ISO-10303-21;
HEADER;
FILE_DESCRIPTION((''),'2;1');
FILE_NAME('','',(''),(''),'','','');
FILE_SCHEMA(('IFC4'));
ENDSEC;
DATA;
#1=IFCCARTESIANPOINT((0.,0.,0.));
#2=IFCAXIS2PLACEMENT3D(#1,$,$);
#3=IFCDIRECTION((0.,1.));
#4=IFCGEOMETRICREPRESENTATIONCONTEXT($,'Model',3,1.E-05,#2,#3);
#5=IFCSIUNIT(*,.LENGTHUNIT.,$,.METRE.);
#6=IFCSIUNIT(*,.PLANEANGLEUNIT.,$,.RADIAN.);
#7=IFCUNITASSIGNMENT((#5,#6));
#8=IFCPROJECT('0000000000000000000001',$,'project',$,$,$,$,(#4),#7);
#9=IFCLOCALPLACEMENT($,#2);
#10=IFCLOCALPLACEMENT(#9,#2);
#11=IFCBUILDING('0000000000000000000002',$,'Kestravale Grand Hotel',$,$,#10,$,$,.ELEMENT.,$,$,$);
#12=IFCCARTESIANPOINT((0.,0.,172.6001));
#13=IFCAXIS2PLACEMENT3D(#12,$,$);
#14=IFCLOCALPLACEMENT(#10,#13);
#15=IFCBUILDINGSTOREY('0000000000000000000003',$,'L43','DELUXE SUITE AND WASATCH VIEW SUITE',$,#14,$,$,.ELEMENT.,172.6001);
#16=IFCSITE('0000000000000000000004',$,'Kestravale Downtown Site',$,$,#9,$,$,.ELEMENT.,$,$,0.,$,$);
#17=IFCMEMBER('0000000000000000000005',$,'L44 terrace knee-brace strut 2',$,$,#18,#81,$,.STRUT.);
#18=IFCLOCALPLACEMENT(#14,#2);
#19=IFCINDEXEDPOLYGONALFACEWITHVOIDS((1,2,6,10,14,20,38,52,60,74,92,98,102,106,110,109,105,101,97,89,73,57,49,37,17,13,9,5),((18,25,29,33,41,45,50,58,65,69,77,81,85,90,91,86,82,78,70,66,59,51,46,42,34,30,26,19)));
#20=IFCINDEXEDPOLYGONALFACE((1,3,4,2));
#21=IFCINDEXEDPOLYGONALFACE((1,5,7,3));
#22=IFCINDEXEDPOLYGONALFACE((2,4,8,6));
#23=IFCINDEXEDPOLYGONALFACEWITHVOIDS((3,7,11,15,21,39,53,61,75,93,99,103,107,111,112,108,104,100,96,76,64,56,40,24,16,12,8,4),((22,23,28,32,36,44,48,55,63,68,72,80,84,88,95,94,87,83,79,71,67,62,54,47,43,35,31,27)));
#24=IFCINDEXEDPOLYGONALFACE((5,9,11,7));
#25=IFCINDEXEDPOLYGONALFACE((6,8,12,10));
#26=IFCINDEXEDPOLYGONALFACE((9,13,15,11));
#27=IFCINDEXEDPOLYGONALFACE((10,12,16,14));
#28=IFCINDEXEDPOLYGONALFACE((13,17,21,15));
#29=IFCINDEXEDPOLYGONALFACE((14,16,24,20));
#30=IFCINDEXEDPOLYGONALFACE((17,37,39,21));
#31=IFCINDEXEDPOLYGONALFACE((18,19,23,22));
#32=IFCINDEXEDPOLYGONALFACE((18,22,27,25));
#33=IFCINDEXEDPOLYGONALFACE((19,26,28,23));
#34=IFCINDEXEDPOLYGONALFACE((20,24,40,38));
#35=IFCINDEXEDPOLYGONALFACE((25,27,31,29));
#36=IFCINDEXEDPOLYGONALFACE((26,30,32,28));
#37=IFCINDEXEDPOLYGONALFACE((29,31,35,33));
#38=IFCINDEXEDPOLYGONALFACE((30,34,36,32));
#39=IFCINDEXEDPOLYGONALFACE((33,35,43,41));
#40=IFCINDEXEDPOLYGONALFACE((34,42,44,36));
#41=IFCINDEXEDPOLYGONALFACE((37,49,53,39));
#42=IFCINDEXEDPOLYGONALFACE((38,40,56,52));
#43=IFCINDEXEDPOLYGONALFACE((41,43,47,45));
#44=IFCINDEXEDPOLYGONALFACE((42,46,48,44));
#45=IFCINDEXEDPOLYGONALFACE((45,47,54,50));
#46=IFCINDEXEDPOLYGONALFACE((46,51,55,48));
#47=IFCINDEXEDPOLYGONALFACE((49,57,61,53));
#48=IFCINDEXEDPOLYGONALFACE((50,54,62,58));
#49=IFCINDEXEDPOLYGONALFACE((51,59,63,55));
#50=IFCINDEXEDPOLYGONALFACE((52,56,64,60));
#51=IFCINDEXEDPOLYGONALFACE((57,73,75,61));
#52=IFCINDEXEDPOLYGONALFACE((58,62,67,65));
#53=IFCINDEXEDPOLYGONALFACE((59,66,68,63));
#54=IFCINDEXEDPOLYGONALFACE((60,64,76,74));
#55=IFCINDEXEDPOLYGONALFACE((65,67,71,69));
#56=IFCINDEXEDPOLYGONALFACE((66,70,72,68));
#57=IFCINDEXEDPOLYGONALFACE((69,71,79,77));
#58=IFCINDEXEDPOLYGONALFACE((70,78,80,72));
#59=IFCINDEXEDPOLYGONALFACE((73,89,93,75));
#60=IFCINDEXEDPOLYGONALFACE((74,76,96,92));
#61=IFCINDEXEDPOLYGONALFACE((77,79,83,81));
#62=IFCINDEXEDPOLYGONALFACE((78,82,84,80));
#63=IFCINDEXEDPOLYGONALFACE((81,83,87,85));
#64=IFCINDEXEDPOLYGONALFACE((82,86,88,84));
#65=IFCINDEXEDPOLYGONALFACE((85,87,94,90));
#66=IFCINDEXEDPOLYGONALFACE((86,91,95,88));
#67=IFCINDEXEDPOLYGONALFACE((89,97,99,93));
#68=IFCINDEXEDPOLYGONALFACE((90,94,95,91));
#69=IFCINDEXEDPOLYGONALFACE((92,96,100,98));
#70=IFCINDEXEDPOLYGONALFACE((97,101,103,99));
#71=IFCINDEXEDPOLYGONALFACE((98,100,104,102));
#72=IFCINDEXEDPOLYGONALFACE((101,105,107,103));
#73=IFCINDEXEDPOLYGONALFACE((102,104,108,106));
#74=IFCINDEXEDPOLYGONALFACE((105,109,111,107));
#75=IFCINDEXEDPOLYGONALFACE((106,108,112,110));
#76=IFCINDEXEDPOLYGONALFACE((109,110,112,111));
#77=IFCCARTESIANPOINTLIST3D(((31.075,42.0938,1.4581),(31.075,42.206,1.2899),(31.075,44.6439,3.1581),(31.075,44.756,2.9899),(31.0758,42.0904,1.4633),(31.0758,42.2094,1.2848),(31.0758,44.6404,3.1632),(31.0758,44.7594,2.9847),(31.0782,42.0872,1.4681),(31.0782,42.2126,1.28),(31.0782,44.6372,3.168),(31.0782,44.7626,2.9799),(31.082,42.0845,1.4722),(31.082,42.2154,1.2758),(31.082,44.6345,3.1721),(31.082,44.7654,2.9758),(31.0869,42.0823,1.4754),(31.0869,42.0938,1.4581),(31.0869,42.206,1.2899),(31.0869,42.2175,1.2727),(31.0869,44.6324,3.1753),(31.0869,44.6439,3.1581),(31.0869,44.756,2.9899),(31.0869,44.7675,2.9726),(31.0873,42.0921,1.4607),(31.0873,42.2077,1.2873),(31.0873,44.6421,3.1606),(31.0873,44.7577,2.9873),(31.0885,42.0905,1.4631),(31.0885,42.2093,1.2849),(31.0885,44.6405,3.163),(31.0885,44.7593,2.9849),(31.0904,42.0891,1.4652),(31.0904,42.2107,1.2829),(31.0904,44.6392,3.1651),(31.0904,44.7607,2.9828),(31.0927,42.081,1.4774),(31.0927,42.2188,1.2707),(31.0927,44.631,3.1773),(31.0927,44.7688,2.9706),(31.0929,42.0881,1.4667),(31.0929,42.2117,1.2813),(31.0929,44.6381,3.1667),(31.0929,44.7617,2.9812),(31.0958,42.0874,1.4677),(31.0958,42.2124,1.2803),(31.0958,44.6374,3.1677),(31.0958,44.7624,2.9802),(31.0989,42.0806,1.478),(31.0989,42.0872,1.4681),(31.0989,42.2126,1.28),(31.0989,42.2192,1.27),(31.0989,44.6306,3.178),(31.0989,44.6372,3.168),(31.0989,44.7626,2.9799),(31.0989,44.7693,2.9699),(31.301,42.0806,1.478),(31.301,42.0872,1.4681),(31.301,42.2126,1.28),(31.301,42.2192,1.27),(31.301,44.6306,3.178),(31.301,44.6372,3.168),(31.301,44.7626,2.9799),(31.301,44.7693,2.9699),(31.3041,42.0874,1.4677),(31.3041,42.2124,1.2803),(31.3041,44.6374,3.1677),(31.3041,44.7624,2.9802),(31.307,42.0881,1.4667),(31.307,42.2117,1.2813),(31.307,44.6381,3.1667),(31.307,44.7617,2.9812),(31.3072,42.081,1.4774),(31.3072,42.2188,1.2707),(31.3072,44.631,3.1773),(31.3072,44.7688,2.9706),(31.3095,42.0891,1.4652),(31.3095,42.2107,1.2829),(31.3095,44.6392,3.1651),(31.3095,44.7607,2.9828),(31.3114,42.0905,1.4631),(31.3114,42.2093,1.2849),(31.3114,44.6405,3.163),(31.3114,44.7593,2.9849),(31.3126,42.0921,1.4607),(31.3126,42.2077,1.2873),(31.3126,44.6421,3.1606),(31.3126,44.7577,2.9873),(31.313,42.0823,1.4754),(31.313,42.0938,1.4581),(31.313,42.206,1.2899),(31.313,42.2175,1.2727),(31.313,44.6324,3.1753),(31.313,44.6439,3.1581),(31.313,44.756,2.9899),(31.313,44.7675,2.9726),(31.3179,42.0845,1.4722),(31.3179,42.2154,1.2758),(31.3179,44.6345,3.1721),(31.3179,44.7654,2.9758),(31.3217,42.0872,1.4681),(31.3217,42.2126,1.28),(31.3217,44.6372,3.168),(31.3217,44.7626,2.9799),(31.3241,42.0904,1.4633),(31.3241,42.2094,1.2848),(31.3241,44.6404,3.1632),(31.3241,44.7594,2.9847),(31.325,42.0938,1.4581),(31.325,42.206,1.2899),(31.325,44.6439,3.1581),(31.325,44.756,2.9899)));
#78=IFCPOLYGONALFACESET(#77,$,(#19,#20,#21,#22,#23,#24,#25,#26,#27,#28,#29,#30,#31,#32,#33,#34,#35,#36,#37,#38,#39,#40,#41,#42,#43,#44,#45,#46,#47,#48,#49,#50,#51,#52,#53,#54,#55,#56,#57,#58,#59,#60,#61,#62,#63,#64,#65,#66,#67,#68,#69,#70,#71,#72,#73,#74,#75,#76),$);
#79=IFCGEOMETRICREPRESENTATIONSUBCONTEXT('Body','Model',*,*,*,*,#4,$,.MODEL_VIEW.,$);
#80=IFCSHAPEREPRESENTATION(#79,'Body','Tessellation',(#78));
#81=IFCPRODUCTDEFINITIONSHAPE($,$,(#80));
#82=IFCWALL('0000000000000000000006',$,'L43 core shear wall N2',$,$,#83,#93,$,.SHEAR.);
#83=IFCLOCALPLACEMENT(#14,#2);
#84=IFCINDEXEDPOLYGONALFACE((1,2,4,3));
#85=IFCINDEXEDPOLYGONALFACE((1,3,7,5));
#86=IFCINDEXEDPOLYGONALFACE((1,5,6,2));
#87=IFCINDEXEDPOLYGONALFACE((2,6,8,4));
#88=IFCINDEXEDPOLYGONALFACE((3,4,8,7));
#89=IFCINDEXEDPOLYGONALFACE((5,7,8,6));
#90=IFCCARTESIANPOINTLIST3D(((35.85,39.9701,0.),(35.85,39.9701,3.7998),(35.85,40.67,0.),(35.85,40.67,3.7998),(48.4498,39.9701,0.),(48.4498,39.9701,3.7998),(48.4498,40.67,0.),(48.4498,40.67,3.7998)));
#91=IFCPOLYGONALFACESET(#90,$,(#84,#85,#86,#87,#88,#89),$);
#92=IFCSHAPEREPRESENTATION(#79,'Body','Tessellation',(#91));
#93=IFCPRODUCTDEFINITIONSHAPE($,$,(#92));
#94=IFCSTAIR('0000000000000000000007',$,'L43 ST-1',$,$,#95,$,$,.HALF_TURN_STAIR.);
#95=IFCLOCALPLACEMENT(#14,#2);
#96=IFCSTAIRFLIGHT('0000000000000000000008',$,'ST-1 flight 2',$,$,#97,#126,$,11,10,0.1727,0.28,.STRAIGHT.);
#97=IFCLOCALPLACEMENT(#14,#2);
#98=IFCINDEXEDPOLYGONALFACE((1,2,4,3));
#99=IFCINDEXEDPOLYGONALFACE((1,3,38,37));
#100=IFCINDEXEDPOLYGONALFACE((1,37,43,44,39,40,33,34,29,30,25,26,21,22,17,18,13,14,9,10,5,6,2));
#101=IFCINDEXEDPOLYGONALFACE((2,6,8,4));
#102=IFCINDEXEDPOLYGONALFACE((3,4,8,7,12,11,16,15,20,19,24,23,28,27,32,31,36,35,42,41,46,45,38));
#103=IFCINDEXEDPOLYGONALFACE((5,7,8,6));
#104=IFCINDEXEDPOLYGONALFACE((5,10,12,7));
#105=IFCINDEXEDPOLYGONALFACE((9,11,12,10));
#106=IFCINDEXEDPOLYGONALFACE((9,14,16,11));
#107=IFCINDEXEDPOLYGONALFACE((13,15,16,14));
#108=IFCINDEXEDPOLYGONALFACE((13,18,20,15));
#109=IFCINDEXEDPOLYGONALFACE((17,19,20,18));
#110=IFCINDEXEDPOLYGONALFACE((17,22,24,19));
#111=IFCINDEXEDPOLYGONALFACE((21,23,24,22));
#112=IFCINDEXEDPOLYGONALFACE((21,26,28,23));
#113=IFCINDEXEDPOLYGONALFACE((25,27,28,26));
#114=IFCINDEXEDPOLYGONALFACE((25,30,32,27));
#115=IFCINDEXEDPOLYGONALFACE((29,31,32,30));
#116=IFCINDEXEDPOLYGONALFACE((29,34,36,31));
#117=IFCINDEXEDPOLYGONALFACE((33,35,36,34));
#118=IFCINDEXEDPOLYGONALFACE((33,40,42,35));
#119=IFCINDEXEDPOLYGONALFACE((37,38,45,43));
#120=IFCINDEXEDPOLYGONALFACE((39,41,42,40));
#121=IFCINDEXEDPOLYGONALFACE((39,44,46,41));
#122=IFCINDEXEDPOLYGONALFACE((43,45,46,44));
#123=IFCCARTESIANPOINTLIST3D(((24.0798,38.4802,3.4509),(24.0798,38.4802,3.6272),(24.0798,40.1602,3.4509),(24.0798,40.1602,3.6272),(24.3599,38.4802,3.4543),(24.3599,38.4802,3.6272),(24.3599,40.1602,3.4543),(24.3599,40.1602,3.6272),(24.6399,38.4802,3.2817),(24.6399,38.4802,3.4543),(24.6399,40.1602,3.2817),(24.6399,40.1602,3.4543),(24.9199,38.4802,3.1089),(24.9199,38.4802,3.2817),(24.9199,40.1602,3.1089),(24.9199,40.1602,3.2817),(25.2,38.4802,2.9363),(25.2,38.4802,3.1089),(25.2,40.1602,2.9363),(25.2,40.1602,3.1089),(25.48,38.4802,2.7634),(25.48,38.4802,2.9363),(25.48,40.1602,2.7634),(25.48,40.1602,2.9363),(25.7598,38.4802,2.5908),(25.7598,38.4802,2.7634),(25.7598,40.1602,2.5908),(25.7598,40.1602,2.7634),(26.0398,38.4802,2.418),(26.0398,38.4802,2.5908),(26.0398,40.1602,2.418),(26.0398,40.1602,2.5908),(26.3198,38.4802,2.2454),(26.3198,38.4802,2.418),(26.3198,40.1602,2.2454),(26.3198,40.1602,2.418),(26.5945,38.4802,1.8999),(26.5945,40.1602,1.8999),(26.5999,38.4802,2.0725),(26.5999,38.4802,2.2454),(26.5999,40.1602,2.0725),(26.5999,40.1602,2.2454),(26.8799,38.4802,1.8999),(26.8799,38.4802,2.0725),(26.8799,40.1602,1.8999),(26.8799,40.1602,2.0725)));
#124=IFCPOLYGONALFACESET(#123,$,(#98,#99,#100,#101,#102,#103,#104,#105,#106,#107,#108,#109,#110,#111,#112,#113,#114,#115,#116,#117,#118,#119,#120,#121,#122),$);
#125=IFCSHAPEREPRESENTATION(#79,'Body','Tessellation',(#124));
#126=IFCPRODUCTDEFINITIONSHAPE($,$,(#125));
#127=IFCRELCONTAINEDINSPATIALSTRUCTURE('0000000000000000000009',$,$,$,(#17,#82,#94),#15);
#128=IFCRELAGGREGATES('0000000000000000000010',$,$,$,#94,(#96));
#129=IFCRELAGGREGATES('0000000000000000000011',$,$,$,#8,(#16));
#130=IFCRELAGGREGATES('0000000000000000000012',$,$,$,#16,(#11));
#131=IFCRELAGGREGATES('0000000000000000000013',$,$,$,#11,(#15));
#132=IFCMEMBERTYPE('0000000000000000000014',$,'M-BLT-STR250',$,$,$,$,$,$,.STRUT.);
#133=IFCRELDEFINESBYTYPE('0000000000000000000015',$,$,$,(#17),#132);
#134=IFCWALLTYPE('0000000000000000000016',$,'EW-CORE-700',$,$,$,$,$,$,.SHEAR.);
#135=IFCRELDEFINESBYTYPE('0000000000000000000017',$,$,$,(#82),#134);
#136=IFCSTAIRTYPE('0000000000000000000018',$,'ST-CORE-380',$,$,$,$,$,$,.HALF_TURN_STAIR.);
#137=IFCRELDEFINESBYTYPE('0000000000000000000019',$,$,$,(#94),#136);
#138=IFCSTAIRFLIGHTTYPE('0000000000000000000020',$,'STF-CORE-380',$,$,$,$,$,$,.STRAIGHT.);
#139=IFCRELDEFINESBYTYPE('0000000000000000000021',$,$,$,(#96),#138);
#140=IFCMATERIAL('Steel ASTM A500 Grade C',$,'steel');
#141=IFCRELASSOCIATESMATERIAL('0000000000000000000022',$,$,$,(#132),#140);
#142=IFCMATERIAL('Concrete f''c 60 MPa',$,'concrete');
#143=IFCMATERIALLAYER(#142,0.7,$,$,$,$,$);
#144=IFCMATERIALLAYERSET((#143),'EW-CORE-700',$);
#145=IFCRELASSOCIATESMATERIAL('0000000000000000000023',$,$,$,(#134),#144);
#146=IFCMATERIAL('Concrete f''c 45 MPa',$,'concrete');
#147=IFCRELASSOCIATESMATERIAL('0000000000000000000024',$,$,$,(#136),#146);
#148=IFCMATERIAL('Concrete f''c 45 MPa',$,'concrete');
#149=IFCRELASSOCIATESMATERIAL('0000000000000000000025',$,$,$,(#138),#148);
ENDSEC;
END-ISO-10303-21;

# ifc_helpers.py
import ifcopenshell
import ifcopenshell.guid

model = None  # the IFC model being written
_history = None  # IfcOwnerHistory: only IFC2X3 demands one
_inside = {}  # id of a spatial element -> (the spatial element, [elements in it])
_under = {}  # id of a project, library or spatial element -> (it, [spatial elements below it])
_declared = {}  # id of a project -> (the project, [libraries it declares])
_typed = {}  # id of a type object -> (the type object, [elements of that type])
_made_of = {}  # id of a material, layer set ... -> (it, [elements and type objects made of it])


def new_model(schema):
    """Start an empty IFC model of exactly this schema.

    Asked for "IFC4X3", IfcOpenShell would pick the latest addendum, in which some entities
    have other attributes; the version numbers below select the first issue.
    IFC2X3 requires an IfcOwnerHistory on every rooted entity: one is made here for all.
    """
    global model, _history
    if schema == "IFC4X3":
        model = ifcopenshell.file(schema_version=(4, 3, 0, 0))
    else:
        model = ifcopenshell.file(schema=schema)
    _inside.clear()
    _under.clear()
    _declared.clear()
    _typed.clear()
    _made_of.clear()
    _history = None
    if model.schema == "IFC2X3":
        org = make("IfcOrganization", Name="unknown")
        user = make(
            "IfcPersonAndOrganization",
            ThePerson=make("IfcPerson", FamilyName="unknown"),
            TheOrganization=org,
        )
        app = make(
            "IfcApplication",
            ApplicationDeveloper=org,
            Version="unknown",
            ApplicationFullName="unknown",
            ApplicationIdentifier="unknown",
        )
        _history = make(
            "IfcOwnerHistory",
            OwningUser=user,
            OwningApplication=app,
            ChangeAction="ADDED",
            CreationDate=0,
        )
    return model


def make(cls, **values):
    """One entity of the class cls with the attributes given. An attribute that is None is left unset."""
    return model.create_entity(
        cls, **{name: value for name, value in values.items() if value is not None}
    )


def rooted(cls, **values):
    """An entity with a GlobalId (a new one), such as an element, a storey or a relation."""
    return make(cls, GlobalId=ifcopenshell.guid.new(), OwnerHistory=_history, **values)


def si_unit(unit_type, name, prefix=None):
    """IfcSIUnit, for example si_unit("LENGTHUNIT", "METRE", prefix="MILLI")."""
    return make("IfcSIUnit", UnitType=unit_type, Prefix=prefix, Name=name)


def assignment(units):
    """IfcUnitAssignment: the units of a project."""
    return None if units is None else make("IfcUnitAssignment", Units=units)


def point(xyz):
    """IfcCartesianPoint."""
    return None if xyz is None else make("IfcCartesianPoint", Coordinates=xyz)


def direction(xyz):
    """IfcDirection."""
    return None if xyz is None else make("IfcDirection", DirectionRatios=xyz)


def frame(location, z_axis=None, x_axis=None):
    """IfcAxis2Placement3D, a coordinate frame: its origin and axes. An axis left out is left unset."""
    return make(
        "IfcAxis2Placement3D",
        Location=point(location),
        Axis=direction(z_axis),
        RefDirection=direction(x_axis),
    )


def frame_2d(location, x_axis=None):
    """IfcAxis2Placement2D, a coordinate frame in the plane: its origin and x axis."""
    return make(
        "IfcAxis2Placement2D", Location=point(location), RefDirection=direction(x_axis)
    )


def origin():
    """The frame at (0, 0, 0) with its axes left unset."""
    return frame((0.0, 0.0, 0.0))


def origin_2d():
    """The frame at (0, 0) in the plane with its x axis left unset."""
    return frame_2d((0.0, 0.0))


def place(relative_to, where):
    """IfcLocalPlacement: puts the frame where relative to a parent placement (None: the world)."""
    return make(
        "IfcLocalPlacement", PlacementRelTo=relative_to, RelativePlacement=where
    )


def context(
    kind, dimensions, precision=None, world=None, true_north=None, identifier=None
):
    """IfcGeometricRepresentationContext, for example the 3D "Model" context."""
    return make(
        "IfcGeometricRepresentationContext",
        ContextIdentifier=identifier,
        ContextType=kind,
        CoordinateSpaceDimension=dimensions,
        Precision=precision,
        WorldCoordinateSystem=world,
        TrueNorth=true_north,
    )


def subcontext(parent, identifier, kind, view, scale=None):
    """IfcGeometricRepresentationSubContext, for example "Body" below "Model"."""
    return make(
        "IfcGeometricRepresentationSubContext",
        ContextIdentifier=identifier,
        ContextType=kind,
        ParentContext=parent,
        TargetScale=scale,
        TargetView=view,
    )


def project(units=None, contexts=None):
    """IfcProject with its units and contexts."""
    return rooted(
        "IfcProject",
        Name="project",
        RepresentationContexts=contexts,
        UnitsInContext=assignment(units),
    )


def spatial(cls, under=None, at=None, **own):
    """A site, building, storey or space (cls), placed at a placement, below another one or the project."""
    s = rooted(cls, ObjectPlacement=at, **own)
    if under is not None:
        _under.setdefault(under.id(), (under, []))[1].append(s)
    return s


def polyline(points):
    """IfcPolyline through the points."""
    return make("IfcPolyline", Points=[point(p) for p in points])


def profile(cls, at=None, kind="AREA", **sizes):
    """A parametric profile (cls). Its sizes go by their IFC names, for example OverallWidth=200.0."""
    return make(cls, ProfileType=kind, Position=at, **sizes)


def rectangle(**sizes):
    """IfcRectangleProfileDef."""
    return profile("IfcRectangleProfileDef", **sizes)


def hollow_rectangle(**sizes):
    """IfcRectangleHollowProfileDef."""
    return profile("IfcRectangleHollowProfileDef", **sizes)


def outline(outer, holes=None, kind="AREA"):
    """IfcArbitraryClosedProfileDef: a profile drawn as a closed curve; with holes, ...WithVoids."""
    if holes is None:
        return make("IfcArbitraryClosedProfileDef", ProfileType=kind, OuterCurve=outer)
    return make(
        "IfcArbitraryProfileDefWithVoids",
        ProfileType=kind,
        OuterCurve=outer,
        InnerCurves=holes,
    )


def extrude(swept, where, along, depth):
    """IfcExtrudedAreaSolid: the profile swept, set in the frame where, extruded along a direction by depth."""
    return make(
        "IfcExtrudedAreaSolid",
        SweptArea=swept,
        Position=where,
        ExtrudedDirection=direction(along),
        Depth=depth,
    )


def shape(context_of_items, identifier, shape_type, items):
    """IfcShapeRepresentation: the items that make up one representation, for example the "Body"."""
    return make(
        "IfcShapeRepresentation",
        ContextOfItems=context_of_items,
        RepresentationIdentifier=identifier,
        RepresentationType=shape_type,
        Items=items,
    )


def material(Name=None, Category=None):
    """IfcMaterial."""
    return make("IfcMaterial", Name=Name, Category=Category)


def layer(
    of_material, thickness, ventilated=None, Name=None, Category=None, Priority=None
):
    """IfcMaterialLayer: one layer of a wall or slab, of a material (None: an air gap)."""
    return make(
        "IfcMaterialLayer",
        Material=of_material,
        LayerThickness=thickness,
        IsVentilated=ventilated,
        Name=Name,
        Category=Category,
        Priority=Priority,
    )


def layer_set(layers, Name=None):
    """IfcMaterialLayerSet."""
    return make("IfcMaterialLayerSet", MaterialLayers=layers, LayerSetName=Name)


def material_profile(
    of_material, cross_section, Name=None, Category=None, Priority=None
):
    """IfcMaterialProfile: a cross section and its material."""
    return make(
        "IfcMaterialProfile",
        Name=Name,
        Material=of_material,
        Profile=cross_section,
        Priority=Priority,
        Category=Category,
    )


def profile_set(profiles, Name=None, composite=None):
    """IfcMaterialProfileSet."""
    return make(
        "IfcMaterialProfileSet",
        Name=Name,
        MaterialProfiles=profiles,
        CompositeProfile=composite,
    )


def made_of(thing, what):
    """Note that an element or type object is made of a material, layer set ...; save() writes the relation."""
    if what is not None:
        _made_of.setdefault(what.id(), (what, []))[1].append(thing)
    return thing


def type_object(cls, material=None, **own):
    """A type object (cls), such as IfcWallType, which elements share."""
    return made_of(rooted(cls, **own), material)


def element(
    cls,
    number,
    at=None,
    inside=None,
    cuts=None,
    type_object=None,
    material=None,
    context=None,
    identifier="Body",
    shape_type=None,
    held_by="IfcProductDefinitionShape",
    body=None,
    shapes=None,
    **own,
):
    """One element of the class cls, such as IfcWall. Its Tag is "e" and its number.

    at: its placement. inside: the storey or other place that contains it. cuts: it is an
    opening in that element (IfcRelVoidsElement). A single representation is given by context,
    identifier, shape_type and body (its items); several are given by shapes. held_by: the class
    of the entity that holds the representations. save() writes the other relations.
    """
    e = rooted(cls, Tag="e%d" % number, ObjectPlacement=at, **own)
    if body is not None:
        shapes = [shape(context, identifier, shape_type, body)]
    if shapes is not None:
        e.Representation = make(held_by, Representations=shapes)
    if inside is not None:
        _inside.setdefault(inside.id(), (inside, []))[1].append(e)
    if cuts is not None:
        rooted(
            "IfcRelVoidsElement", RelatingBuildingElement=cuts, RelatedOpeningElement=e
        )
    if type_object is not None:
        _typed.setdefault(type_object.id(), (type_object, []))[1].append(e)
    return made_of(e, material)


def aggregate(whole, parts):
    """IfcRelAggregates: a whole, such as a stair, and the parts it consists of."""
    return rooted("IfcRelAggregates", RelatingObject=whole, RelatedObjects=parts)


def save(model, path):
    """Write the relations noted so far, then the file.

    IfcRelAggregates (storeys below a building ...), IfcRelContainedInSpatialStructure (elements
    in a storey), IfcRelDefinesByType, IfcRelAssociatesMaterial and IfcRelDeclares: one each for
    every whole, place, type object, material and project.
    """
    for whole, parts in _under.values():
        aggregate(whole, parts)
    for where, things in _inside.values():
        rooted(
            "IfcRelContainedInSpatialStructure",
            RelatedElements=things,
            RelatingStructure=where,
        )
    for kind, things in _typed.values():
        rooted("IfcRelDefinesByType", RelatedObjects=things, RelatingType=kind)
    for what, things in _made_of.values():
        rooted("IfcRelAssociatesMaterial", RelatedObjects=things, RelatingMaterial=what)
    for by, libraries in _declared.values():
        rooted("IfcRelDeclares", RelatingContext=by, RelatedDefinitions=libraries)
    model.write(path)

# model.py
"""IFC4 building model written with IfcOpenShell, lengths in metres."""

from ifc_helpers import new_model, si_unit, direction, frame, frame_2d, origin, origin_2d, place, context, subcontext, project, spatial, polyline, rectangle, hollow_rectangle, outline, extrude, material, layer, layer_set, material_profile, profile_set, type_object, element, aggregate, save


model = new_model("IFC4")

# Units and contexts
model_context = context("Model", 3, precision=1e-05, world=origin(), true_north=direction((0.0, 1.0)))
body_context = subcontext(model_context, "Body", "Model", "MODEL_VIEW")
ifc_project = project(units=[si_unit("LENGTHUNIT", "METRE"), si_unit("PLANEANGLEUNIT", "RADIAN")], contexts=[model_context])

# Site, building, storey
site_placement = place(None, origin())
site = spatial("IfcSite", under=ifc_project, at=site_placement, Name="Kestravale Downtown Site", CompositionType="ELEMENT", RefElevation=0.0)
building_placement = place(site_placement, origin())
building = spatial("IfcBuilding", under=site, at=building_placement, Name="Kestravale Grand Hotel", CompositionType="ELEMENT")
storey_placement = place(building_placement, frame((0.0, 0.0, 172.6001)))
storey = spatial("IfcBuildingStorey", under=building, at=storey_placement, Name="L43", Description="DELUXE SUITE AND WASATCH VIEW SUITE", CompositionType="ELEMENT", Elevation=172.6001)

# Member
ifc_material_1 = material(Name="Steel ASTM A500 Grade C", Category="steel")
ifc_material_profile_1 = material_profile(ifc_material_1, hollow_rectangle(XDim=0.25, YDim=0.25, WallThickness=0.012, InnerFilletRadius=0.012, OuterFilletRadius=0.0239, at=origin_2d()))
ifc_profile_set_1 = profile_set([ifc_material_profile_1], Name="Steel ASTM A500 Grade C")
member_type = type_object("IfcMemberType", Name="M-BLT-STR250", PredefinedType="STRUT", material=ifc_profile_set_1)
for number, where, z_axis, x_axis, name in (
    (1, (31.2, 42.1499, 1.374), (0.0, 0.832063, 0.554682), (-1.0, 0.0, 0.0), "L44 terrace knee-brace strut 2"),
):
    element("IfcMember", number, at=place(storey_placement, frame(where, z_axis=z_axis, x_axis=x_axis)), inside=storey, type_object=member_type, Name=name, PredefinedType="STRUT", context=body_context, shape_type="SweptSolid", body=[
        extrude(hollow_rectangle(XDim=0.25, YDim=0.25, WallThickness=0.012, InnerFilletRadius=0.012, OuterFilletRadius=0.0239, at=origin_2d()), origin(), (0.0, 0.0, 1.0), 3.0647),
    ])

# Wall
ifc_material_2 = material(Name="Concrete f'c 60 MPa", Category="concrete")
ifc_layer = layer(ifc_material_2, 0.7)
ifc_layer_set = layer_set([ifc_layer], Name="EW-CORE-700")
wall_type = type_object("IfcWallType", Name="EW-CORE-700", PredefinedType="SHEAR", material=ifc_layer_set)
wall_placement = place(storey_placement, frame((35.8501, 40.3201, 0.0), z_axis=(0.0, 0.0, 1.0), x_axis=(1.0, 0.0, 0.0)))
element("IfcWall", 2, at=wall_placement, inside=storey, type_object=wall_type, Name="L43 core shear wall N2", PredefinedType="SHEAR", context=body_context, shape_type="SweptSolid", body=[
    extrude(rectangle(XDim=12.5999, YDim=0.7, at=frame_2d((6.2998, 0.0))), origin(), (0.0, 0.0, 1.0), 3.7998),
])

# Stair, stair flight
ifc_material_3 = material(Name="Concrete f'c 45 MPa", Category="concrete")
stair_type = type_object("IfcStairType", Name="ST-CORE-380", PredefinedType="HALF_TURN_STAIR", material=ifc_material_3)
stair_placement = place(storey_placement, origin())
stair = element("IfcStair", 3, at=stair_placement, inside=storey, type_object=stair_type, Name="L43 ST-1", PredefinedType="HALF_TURN_STAIR")
ifc_material_4 = material(Name="Concrete f'c 45 MPa", Category="concrete")
stair_flight_type = type_object("IfcStairFlightType", Name="STF-CORE-380", PredefinedType="STRAIGHT", material=ifc_material_4)
stair_flight_placement = place(storey_placement, frame((26.8799, 39.3201, 1.8999), z_axis=(0.0, 0.0, 1.0), x_axis=(-1.0, 0.0, 0.0)))
stair_flight = element("IfcStairFlight", 4, at=stair_flight_placement, type_object=stair_flight_type, Name="ST-1 flight 2", NumberOfRisers=11, NumberOfTreads=10, PredefinedType="STRAIGHT", RiserHeight=0.1727, TreadLength=0.28, context=body_context, shape_type="SweptSolid", body=[
    extrude(outline(polyline([(0.0, 0.0), (0.0, 0.1726), (0.28, 0.1726), (0.28, 0.3455), (0.5601, 0.3455), (0.5601, 0.5181), (0.8401, 0.5181), (0.8401, 0.6909), (1.1201, 0.6909), (1.1201, 0.8635), (1.3999, 0.8635), (1.3999, 1.0364), (1.6799, 1.0364), (1.6799, 1.209), (1.96, 1.209), (1.96, 1.3818), (2.24, 1.3818), (2.24, 1.5544), (2.52, 1.5544), (2.52, 1.7273), (2.8, 1.7273), (2.8, 1.8999), (2.8, 1.551), (0.2854, 0.0), (0.0, 0.0)])), frame((0.0, 0.8398, 0.0), z_axis=(0.0, -1.0, 0.0), x_axis=(1.0, 0.0, 0.0)), (0.0, 0.0, 1.0), 1.6799),
])
aggregate(stair, [stair_flight])

save(model, "model.ifc")
